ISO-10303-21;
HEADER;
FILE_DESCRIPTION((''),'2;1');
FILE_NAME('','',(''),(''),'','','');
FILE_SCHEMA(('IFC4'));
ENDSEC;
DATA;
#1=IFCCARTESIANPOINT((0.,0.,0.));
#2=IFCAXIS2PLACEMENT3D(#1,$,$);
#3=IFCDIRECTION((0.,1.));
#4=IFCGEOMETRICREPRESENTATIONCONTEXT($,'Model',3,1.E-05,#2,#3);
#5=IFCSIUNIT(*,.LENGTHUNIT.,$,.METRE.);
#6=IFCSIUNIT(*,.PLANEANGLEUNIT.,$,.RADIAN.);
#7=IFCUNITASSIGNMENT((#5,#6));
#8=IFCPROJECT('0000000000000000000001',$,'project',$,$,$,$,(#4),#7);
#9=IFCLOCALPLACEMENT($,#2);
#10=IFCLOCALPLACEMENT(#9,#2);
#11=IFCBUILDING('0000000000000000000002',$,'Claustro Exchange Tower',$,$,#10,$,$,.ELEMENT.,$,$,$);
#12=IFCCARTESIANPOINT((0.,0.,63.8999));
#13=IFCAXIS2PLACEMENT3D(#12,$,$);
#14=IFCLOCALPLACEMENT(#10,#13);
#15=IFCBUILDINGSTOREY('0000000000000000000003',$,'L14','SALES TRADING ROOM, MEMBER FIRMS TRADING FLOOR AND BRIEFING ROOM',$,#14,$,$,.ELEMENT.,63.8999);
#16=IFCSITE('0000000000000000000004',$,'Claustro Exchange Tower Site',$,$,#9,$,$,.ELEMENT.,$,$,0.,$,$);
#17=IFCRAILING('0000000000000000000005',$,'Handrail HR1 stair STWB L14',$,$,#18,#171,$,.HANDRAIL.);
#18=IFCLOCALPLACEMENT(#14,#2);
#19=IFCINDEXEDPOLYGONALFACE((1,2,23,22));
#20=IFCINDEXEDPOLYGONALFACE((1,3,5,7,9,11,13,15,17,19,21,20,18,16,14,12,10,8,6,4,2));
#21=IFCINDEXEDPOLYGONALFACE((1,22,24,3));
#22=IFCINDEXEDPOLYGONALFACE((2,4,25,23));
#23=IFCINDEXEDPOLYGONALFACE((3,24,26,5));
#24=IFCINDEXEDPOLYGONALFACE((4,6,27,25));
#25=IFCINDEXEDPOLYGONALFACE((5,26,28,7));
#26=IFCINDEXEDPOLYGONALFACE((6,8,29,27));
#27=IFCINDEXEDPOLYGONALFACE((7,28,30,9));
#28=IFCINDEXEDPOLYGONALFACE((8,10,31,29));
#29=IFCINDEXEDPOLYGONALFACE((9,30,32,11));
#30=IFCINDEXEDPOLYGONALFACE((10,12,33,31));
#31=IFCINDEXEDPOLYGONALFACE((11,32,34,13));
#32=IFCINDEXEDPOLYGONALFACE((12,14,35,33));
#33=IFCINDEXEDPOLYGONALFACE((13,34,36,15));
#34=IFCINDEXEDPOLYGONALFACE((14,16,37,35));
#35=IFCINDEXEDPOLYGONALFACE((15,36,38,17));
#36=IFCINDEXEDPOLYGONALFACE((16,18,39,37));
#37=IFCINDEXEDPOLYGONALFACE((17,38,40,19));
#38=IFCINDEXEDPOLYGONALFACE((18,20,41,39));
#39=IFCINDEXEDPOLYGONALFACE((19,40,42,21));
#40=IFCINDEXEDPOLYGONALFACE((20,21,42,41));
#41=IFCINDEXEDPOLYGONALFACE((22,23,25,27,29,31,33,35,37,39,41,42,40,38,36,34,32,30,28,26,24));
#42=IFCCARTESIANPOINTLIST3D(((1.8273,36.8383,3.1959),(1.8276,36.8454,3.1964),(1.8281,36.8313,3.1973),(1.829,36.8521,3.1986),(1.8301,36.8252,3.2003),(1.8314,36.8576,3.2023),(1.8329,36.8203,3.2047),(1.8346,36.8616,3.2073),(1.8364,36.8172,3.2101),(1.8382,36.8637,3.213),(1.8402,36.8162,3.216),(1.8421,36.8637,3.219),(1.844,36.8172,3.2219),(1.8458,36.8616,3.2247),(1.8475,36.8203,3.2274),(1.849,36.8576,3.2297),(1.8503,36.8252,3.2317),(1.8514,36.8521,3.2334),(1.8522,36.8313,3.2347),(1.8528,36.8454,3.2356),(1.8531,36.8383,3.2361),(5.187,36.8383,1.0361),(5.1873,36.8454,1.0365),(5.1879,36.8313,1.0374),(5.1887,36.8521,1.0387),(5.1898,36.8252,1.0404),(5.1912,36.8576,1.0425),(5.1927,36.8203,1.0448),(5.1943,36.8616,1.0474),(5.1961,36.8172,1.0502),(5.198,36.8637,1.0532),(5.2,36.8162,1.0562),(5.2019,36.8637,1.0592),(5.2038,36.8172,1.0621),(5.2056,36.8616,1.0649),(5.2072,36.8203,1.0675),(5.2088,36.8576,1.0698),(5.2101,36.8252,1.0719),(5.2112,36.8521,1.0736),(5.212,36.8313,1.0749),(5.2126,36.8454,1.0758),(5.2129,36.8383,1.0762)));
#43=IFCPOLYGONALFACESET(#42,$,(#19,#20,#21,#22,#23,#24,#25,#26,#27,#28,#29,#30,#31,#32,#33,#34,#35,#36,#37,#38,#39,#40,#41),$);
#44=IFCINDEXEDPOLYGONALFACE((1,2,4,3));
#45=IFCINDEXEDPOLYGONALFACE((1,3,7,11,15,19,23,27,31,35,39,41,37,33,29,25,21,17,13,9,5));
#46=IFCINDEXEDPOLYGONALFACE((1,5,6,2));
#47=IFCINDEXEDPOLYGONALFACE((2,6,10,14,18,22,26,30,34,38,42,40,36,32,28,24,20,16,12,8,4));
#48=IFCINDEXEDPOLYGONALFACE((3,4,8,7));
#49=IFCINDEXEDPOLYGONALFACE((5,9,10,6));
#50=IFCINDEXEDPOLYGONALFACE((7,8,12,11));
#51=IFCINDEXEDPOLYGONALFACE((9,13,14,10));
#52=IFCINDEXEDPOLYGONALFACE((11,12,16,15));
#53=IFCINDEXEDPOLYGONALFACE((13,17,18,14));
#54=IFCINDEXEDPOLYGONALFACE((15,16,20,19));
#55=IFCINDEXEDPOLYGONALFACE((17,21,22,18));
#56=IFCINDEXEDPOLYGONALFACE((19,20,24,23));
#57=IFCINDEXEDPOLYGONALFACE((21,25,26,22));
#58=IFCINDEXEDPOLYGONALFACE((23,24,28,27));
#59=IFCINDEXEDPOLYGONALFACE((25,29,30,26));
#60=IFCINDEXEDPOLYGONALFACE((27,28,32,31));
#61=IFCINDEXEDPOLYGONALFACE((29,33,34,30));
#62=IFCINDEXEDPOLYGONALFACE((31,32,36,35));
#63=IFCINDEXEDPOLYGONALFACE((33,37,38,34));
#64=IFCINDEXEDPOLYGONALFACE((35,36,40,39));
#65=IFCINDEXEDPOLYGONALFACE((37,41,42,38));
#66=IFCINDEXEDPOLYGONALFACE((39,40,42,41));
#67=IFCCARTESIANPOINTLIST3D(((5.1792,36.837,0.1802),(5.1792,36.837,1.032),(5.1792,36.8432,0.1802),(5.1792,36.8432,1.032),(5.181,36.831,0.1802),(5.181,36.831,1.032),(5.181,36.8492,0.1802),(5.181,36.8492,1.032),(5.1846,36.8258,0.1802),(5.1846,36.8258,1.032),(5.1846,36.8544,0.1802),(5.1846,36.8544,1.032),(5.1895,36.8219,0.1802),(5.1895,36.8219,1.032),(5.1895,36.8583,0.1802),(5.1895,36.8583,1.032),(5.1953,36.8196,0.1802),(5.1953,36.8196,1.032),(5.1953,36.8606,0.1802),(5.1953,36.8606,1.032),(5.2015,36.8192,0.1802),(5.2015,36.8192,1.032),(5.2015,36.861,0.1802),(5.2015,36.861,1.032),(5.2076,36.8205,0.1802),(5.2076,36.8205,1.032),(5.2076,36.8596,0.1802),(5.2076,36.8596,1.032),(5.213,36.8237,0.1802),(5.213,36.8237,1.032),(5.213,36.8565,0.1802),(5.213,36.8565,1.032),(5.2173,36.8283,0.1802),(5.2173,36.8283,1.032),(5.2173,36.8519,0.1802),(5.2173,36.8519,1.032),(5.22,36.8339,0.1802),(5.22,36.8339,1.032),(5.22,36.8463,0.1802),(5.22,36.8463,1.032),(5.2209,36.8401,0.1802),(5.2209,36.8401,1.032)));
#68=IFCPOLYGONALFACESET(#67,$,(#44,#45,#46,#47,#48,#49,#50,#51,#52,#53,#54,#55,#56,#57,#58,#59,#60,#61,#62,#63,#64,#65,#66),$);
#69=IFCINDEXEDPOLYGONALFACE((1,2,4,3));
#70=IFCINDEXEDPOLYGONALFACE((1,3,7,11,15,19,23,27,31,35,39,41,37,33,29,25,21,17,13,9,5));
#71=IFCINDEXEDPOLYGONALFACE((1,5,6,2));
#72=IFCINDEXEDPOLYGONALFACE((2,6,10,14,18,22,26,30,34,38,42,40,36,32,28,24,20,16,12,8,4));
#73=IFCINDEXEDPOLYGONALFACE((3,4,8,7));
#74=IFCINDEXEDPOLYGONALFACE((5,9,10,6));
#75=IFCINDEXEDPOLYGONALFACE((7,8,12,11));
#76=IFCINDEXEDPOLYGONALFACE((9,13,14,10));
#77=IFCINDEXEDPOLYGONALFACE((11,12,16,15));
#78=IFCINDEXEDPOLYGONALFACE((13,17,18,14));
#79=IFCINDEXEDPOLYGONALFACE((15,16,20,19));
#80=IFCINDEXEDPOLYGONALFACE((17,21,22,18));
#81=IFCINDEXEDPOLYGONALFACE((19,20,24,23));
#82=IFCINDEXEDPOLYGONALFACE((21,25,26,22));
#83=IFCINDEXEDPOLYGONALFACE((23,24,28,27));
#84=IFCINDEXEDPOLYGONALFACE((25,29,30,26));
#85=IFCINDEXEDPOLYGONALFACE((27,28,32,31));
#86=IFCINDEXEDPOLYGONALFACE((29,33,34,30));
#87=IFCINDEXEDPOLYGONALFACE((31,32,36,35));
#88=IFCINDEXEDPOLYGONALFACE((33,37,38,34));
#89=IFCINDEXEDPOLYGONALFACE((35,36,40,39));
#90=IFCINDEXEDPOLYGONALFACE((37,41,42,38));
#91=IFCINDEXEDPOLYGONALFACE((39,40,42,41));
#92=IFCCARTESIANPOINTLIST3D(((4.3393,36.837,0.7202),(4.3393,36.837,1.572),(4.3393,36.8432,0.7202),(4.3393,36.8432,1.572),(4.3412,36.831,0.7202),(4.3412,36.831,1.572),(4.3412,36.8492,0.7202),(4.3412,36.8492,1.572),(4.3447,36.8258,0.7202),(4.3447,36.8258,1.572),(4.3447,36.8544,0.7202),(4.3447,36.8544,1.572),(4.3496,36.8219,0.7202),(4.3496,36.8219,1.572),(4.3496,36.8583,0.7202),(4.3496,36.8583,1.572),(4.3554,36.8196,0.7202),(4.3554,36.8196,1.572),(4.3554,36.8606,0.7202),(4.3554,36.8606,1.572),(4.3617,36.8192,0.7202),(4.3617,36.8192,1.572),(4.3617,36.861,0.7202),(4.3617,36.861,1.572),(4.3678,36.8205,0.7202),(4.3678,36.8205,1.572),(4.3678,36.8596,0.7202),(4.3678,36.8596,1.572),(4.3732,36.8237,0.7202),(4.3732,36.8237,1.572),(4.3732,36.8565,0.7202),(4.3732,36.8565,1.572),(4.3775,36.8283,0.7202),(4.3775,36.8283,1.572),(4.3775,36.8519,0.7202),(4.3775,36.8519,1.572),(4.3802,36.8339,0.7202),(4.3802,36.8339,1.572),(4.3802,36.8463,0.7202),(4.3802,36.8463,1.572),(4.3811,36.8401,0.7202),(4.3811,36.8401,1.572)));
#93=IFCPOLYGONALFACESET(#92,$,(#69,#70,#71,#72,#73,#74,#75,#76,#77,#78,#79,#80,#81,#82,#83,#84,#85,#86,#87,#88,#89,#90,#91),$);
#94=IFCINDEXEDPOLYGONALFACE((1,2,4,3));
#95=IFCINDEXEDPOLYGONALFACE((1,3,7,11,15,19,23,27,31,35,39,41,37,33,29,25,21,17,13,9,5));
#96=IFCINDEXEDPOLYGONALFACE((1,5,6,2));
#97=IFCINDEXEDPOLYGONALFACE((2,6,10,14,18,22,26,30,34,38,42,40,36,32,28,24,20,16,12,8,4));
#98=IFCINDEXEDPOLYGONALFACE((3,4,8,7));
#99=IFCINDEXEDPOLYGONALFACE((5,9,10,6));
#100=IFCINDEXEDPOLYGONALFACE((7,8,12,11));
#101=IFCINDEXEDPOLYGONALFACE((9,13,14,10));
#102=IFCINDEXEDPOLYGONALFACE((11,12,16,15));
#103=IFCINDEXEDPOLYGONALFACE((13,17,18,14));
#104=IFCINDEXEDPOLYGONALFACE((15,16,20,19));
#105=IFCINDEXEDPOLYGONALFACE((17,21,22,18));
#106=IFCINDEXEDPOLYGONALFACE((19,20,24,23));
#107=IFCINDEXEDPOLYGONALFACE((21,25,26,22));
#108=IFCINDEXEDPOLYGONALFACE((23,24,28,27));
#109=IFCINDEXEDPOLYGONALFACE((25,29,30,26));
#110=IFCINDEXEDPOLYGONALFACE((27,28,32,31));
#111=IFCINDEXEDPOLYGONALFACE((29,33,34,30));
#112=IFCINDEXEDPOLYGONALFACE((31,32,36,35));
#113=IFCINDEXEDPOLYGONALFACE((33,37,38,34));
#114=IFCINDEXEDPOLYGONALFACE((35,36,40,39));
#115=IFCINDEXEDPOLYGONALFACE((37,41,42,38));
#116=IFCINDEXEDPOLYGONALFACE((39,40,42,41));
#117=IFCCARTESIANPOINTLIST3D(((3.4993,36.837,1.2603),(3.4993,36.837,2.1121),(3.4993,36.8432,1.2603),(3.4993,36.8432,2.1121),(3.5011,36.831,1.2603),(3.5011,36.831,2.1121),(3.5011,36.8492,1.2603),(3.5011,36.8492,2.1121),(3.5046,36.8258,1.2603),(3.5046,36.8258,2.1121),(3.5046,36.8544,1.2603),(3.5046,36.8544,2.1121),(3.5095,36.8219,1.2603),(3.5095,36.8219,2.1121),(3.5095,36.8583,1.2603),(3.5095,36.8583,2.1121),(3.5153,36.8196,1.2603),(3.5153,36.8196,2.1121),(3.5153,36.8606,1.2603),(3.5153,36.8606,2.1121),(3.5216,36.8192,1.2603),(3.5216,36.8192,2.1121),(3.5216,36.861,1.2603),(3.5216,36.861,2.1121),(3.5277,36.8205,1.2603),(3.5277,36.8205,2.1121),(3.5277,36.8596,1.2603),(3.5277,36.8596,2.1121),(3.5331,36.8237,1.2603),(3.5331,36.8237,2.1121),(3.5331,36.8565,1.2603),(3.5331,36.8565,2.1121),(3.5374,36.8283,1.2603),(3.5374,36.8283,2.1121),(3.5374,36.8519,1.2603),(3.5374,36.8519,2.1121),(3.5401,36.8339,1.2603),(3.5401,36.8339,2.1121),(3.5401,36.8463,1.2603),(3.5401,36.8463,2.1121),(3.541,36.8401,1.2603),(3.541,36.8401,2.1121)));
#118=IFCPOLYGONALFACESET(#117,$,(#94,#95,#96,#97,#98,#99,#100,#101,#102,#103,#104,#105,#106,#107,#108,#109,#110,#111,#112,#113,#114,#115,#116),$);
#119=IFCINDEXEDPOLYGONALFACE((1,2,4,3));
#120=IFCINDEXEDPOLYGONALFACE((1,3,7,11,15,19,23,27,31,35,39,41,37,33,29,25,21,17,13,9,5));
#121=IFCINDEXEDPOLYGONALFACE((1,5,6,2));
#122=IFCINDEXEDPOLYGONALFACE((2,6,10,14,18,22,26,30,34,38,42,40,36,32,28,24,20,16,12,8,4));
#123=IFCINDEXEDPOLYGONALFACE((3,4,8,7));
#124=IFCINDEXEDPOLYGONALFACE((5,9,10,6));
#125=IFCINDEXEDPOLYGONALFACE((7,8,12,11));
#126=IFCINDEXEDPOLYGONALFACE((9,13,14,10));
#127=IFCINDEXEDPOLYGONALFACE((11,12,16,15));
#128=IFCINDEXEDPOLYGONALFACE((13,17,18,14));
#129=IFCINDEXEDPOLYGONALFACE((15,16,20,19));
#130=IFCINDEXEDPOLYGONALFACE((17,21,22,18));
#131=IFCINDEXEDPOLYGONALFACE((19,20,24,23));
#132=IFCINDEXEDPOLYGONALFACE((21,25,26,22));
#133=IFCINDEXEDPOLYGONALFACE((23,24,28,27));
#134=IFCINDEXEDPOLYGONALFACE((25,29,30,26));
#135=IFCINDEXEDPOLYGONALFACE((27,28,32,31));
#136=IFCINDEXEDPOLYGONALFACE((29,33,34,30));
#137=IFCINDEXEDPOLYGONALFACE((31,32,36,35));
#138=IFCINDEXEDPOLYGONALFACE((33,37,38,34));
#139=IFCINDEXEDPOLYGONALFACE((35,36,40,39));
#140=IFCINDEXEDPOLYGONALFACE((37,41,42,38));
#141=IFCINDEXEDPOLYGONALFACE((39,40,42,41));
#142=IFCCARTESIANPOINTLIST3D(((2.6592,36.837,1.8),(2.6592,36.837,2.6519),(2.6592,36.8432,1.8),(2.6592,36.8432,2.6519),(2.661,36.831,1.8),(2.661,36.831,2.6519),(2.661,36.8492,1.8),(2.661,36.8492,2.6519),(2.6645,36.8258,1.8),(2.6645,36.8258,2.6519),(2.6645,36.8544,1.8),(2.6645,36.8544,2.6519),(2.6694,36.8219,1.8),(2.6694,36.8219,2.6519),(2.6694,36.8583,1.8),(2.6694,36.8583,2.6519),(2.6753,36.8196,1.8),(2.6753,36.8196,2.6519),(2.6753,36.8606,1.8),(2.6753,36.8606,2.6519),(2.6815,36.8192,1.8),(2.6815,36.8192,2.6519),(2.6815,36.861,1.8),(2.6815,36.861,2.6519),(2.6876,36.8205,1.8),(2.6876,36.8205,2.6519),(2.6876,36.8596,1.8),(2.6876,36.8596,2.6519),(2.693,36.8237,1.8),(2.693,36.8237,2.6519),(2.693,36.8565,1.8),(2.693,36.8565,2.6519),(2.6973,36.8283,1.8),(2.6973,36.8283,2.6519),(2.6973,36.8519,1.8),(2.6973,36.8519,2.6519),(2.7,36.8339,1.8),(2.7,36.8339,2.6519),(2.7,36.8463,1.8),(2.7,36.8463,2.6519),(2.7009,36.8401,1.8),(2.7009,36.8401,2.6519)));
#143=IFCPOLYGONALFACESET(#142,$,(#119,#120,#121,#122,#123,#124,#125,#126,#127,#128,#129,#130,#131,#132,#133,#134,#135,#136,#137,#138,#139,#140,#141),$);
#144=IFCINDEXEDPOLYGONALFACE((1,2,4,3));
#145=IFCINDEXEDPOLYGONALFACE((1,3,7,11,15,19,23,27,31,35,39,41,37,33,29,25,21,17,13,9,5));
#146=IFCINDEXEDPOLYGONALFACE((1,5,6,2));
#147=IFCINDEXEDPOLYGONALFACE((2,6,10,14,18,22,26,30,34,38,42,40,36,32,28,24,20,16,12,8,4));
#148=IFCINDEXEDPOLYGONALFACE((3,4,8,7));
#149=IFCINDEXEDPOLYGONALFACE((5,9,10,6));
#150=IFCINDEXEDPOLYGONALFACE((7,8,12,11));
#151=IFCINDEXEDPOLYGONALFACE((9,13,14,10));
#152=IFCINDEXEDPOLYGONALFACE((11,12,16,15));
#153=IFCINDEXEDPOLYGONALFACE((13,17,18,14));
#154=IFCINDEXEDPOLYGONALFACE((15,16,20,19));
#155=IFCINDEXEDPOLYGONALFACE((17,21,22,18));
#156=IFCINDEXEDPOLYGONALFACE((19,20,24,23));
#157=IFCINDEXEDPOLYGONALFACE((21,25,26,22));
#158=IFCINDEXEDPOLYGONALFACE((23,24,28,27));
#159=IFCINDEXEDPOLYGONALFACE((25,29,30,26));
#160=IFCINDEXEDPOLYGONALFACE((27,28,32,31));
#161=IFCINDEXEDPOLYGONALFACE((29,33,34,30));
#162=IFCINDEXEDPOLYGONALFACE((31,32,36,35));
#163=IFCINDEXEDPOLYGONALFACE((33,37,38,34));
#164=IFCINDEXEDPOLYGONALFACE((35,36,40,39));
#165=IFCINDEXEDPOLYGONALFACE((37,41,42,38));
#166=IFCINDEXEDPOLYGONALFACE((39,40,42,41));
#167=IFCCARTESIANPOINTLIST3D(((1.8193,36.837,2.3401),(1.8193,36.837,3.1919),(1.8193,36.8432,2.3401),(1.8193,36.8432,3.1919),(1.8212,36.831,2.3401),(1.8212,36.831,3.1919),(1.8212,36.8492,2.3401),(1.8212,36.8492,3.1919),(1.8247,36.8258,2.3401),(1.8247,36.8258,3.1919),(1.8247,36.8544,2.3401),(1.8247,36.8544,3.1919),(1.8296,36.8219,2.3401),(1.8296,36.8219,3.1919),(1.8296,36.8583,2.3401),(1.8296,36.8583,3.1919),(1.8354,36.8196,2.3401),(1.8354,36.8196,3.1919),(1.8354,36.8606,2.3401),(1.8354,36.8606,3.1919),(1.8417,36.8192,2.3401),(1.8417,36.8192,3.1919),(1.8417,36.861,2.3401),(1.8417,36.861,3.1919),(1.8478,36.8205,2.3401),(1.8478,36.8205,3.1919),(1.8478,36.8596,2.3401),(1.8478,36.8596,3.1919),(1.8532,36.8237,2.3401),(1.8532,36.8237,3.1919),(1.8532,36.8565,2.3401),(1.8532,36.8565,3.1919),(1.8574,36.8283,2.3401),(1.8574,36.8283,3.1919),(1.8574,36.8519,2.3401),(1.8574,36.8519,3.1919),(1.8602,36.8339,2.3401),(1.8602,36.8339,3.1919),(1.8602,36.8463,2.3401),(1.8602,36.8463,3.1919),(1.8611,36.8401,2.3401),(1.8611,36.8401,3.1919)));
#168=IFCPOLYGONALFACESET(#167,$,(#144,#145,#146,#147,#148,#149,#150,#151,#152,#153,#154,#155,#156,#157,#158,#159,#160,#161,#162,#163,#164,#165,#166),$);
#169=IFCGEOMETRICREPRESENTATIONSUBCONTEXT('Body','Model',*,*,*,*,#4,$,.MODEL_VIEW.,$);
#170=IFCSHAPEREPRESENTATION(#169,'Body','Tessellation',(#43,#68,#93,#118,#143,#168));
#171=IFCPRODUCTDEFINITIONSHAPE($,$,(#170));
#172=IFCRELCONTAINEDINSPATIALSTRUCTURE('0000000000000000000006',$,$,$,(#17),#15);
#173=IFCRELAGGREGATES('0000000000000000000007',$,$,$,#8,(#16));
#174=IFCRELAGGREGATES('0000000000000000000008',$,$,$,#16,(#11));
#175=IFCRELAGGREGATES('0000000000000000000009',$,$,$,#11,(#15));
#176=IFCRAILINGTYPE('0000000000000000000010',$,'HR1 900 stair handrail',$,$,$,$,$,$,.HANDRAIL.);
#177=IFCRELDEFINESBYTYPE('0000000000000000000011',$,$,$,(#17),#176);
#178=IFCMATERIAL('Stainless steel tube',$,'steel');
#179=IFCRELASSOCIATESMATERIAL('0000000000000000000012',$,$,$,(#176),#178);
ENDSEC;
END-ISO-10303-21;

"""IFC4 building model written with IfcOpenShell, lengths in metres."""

from ifc_helpers import new_model, si_unit, direction, frame, origin, origin_2d, place, context, subcontext, project, spatial, circle, extrude, material, type_object, element, save


model = new_model("IFC4")

# Units and contexts
model_context = context("Model", 3, precision=1e-05, world=origin(), true_north=direction((0.0, 1.0)))
body_context = subcontext(model_context, "Body", "Model", "MODEL_VIEW")
ifc_project = project(units=[si_unit("LENGTHUNIT", "METRE"), si_unit("PLANEANGLEUNIT", "RADIAN")], contexts=[model_context])

# Site, building, storey
site_placement = place(None, origin())
site = spatial("IfcSite", under=ifc_project, at=site_placement, Name="Claustro Exchange Tower Site", CompositionType="ELEMENT", RefElevation=0.0)
building_placement = place(site_placement, origin())
building = spatial("IfcBuilding", under=site, at=building_placement, Name="Claustro Exchange Tower", CompositionType="ELEMENT")
storey_placement = place(building_placement, frame((0.0, 0.0, 63.8999)))
storey = spatial("IfcBuildingStorey", under=building, at=storey_placement, Name="L14", Description="SALES TRADING ROOM, MEMBER FIRMS TRADING FLOOR AND BRIEFING ROOM", CompositionType="ELEMENT", Elevation=63.8999)

# Railing
ifc_material_1 = material(Name="Stainless steel tube", Category="steel")
railing_type_1 = type_object("IfcRailingType", Name="HR1 900 stair handrail", PredefinedType="HANDRAIL", material=ifc_material_1)
railing_1_placement = place(storey_placement, frame((5.2, 36.8401, 0.1802)))
element("IfcRailing", 1, at=railing_1_placement, inside=storey, type_object=railing_type_1, Name="Handrail HR1 stair STWB L14", PredefinedType="HANDRAIL", context=body_context, shape_type="SweptSolid", body=[
    extrude(circle(Radius=0.0239, at=origin_2d()), frame((0.0, 0.0, 0.876), z_axis=(-0.841178, 0.0, 0.540758), x_axis=(0.0, -1.0, 0.0)), (0.0, 0.0, 1.0), 3.9941),
    extrude(circle(Radius=0.021, at=origin_2d()), origin(), (0.0, 0.0, 1.0), 0.8518),
    extrude(circle(Radius=0.021, at=origin_2d()), frame((-0.8398, 0.0, 0.54)), (0.0, 0.0, 1.0), 0.8518),
    extrude(circle(Radius=0.021, at=origin_2d()), frame((-1.6799, 0.0, 1.0801)), (0.0, 0.0, 1.0), 0.8518),
    extrude(circle(Radius=0.021, at=origin_2d()), frame((-2.52, 0.0, 1.6199)), (0.0, 0.0, 1.0), 0.8518),
    extrude(circle(Radius=0.021, at=origin_2d()), frame((-3.3599, 0.0, 2.1599)), (0.0, 0.0, 1.0), 0.8518),
])

save(model, "model.ifc")
